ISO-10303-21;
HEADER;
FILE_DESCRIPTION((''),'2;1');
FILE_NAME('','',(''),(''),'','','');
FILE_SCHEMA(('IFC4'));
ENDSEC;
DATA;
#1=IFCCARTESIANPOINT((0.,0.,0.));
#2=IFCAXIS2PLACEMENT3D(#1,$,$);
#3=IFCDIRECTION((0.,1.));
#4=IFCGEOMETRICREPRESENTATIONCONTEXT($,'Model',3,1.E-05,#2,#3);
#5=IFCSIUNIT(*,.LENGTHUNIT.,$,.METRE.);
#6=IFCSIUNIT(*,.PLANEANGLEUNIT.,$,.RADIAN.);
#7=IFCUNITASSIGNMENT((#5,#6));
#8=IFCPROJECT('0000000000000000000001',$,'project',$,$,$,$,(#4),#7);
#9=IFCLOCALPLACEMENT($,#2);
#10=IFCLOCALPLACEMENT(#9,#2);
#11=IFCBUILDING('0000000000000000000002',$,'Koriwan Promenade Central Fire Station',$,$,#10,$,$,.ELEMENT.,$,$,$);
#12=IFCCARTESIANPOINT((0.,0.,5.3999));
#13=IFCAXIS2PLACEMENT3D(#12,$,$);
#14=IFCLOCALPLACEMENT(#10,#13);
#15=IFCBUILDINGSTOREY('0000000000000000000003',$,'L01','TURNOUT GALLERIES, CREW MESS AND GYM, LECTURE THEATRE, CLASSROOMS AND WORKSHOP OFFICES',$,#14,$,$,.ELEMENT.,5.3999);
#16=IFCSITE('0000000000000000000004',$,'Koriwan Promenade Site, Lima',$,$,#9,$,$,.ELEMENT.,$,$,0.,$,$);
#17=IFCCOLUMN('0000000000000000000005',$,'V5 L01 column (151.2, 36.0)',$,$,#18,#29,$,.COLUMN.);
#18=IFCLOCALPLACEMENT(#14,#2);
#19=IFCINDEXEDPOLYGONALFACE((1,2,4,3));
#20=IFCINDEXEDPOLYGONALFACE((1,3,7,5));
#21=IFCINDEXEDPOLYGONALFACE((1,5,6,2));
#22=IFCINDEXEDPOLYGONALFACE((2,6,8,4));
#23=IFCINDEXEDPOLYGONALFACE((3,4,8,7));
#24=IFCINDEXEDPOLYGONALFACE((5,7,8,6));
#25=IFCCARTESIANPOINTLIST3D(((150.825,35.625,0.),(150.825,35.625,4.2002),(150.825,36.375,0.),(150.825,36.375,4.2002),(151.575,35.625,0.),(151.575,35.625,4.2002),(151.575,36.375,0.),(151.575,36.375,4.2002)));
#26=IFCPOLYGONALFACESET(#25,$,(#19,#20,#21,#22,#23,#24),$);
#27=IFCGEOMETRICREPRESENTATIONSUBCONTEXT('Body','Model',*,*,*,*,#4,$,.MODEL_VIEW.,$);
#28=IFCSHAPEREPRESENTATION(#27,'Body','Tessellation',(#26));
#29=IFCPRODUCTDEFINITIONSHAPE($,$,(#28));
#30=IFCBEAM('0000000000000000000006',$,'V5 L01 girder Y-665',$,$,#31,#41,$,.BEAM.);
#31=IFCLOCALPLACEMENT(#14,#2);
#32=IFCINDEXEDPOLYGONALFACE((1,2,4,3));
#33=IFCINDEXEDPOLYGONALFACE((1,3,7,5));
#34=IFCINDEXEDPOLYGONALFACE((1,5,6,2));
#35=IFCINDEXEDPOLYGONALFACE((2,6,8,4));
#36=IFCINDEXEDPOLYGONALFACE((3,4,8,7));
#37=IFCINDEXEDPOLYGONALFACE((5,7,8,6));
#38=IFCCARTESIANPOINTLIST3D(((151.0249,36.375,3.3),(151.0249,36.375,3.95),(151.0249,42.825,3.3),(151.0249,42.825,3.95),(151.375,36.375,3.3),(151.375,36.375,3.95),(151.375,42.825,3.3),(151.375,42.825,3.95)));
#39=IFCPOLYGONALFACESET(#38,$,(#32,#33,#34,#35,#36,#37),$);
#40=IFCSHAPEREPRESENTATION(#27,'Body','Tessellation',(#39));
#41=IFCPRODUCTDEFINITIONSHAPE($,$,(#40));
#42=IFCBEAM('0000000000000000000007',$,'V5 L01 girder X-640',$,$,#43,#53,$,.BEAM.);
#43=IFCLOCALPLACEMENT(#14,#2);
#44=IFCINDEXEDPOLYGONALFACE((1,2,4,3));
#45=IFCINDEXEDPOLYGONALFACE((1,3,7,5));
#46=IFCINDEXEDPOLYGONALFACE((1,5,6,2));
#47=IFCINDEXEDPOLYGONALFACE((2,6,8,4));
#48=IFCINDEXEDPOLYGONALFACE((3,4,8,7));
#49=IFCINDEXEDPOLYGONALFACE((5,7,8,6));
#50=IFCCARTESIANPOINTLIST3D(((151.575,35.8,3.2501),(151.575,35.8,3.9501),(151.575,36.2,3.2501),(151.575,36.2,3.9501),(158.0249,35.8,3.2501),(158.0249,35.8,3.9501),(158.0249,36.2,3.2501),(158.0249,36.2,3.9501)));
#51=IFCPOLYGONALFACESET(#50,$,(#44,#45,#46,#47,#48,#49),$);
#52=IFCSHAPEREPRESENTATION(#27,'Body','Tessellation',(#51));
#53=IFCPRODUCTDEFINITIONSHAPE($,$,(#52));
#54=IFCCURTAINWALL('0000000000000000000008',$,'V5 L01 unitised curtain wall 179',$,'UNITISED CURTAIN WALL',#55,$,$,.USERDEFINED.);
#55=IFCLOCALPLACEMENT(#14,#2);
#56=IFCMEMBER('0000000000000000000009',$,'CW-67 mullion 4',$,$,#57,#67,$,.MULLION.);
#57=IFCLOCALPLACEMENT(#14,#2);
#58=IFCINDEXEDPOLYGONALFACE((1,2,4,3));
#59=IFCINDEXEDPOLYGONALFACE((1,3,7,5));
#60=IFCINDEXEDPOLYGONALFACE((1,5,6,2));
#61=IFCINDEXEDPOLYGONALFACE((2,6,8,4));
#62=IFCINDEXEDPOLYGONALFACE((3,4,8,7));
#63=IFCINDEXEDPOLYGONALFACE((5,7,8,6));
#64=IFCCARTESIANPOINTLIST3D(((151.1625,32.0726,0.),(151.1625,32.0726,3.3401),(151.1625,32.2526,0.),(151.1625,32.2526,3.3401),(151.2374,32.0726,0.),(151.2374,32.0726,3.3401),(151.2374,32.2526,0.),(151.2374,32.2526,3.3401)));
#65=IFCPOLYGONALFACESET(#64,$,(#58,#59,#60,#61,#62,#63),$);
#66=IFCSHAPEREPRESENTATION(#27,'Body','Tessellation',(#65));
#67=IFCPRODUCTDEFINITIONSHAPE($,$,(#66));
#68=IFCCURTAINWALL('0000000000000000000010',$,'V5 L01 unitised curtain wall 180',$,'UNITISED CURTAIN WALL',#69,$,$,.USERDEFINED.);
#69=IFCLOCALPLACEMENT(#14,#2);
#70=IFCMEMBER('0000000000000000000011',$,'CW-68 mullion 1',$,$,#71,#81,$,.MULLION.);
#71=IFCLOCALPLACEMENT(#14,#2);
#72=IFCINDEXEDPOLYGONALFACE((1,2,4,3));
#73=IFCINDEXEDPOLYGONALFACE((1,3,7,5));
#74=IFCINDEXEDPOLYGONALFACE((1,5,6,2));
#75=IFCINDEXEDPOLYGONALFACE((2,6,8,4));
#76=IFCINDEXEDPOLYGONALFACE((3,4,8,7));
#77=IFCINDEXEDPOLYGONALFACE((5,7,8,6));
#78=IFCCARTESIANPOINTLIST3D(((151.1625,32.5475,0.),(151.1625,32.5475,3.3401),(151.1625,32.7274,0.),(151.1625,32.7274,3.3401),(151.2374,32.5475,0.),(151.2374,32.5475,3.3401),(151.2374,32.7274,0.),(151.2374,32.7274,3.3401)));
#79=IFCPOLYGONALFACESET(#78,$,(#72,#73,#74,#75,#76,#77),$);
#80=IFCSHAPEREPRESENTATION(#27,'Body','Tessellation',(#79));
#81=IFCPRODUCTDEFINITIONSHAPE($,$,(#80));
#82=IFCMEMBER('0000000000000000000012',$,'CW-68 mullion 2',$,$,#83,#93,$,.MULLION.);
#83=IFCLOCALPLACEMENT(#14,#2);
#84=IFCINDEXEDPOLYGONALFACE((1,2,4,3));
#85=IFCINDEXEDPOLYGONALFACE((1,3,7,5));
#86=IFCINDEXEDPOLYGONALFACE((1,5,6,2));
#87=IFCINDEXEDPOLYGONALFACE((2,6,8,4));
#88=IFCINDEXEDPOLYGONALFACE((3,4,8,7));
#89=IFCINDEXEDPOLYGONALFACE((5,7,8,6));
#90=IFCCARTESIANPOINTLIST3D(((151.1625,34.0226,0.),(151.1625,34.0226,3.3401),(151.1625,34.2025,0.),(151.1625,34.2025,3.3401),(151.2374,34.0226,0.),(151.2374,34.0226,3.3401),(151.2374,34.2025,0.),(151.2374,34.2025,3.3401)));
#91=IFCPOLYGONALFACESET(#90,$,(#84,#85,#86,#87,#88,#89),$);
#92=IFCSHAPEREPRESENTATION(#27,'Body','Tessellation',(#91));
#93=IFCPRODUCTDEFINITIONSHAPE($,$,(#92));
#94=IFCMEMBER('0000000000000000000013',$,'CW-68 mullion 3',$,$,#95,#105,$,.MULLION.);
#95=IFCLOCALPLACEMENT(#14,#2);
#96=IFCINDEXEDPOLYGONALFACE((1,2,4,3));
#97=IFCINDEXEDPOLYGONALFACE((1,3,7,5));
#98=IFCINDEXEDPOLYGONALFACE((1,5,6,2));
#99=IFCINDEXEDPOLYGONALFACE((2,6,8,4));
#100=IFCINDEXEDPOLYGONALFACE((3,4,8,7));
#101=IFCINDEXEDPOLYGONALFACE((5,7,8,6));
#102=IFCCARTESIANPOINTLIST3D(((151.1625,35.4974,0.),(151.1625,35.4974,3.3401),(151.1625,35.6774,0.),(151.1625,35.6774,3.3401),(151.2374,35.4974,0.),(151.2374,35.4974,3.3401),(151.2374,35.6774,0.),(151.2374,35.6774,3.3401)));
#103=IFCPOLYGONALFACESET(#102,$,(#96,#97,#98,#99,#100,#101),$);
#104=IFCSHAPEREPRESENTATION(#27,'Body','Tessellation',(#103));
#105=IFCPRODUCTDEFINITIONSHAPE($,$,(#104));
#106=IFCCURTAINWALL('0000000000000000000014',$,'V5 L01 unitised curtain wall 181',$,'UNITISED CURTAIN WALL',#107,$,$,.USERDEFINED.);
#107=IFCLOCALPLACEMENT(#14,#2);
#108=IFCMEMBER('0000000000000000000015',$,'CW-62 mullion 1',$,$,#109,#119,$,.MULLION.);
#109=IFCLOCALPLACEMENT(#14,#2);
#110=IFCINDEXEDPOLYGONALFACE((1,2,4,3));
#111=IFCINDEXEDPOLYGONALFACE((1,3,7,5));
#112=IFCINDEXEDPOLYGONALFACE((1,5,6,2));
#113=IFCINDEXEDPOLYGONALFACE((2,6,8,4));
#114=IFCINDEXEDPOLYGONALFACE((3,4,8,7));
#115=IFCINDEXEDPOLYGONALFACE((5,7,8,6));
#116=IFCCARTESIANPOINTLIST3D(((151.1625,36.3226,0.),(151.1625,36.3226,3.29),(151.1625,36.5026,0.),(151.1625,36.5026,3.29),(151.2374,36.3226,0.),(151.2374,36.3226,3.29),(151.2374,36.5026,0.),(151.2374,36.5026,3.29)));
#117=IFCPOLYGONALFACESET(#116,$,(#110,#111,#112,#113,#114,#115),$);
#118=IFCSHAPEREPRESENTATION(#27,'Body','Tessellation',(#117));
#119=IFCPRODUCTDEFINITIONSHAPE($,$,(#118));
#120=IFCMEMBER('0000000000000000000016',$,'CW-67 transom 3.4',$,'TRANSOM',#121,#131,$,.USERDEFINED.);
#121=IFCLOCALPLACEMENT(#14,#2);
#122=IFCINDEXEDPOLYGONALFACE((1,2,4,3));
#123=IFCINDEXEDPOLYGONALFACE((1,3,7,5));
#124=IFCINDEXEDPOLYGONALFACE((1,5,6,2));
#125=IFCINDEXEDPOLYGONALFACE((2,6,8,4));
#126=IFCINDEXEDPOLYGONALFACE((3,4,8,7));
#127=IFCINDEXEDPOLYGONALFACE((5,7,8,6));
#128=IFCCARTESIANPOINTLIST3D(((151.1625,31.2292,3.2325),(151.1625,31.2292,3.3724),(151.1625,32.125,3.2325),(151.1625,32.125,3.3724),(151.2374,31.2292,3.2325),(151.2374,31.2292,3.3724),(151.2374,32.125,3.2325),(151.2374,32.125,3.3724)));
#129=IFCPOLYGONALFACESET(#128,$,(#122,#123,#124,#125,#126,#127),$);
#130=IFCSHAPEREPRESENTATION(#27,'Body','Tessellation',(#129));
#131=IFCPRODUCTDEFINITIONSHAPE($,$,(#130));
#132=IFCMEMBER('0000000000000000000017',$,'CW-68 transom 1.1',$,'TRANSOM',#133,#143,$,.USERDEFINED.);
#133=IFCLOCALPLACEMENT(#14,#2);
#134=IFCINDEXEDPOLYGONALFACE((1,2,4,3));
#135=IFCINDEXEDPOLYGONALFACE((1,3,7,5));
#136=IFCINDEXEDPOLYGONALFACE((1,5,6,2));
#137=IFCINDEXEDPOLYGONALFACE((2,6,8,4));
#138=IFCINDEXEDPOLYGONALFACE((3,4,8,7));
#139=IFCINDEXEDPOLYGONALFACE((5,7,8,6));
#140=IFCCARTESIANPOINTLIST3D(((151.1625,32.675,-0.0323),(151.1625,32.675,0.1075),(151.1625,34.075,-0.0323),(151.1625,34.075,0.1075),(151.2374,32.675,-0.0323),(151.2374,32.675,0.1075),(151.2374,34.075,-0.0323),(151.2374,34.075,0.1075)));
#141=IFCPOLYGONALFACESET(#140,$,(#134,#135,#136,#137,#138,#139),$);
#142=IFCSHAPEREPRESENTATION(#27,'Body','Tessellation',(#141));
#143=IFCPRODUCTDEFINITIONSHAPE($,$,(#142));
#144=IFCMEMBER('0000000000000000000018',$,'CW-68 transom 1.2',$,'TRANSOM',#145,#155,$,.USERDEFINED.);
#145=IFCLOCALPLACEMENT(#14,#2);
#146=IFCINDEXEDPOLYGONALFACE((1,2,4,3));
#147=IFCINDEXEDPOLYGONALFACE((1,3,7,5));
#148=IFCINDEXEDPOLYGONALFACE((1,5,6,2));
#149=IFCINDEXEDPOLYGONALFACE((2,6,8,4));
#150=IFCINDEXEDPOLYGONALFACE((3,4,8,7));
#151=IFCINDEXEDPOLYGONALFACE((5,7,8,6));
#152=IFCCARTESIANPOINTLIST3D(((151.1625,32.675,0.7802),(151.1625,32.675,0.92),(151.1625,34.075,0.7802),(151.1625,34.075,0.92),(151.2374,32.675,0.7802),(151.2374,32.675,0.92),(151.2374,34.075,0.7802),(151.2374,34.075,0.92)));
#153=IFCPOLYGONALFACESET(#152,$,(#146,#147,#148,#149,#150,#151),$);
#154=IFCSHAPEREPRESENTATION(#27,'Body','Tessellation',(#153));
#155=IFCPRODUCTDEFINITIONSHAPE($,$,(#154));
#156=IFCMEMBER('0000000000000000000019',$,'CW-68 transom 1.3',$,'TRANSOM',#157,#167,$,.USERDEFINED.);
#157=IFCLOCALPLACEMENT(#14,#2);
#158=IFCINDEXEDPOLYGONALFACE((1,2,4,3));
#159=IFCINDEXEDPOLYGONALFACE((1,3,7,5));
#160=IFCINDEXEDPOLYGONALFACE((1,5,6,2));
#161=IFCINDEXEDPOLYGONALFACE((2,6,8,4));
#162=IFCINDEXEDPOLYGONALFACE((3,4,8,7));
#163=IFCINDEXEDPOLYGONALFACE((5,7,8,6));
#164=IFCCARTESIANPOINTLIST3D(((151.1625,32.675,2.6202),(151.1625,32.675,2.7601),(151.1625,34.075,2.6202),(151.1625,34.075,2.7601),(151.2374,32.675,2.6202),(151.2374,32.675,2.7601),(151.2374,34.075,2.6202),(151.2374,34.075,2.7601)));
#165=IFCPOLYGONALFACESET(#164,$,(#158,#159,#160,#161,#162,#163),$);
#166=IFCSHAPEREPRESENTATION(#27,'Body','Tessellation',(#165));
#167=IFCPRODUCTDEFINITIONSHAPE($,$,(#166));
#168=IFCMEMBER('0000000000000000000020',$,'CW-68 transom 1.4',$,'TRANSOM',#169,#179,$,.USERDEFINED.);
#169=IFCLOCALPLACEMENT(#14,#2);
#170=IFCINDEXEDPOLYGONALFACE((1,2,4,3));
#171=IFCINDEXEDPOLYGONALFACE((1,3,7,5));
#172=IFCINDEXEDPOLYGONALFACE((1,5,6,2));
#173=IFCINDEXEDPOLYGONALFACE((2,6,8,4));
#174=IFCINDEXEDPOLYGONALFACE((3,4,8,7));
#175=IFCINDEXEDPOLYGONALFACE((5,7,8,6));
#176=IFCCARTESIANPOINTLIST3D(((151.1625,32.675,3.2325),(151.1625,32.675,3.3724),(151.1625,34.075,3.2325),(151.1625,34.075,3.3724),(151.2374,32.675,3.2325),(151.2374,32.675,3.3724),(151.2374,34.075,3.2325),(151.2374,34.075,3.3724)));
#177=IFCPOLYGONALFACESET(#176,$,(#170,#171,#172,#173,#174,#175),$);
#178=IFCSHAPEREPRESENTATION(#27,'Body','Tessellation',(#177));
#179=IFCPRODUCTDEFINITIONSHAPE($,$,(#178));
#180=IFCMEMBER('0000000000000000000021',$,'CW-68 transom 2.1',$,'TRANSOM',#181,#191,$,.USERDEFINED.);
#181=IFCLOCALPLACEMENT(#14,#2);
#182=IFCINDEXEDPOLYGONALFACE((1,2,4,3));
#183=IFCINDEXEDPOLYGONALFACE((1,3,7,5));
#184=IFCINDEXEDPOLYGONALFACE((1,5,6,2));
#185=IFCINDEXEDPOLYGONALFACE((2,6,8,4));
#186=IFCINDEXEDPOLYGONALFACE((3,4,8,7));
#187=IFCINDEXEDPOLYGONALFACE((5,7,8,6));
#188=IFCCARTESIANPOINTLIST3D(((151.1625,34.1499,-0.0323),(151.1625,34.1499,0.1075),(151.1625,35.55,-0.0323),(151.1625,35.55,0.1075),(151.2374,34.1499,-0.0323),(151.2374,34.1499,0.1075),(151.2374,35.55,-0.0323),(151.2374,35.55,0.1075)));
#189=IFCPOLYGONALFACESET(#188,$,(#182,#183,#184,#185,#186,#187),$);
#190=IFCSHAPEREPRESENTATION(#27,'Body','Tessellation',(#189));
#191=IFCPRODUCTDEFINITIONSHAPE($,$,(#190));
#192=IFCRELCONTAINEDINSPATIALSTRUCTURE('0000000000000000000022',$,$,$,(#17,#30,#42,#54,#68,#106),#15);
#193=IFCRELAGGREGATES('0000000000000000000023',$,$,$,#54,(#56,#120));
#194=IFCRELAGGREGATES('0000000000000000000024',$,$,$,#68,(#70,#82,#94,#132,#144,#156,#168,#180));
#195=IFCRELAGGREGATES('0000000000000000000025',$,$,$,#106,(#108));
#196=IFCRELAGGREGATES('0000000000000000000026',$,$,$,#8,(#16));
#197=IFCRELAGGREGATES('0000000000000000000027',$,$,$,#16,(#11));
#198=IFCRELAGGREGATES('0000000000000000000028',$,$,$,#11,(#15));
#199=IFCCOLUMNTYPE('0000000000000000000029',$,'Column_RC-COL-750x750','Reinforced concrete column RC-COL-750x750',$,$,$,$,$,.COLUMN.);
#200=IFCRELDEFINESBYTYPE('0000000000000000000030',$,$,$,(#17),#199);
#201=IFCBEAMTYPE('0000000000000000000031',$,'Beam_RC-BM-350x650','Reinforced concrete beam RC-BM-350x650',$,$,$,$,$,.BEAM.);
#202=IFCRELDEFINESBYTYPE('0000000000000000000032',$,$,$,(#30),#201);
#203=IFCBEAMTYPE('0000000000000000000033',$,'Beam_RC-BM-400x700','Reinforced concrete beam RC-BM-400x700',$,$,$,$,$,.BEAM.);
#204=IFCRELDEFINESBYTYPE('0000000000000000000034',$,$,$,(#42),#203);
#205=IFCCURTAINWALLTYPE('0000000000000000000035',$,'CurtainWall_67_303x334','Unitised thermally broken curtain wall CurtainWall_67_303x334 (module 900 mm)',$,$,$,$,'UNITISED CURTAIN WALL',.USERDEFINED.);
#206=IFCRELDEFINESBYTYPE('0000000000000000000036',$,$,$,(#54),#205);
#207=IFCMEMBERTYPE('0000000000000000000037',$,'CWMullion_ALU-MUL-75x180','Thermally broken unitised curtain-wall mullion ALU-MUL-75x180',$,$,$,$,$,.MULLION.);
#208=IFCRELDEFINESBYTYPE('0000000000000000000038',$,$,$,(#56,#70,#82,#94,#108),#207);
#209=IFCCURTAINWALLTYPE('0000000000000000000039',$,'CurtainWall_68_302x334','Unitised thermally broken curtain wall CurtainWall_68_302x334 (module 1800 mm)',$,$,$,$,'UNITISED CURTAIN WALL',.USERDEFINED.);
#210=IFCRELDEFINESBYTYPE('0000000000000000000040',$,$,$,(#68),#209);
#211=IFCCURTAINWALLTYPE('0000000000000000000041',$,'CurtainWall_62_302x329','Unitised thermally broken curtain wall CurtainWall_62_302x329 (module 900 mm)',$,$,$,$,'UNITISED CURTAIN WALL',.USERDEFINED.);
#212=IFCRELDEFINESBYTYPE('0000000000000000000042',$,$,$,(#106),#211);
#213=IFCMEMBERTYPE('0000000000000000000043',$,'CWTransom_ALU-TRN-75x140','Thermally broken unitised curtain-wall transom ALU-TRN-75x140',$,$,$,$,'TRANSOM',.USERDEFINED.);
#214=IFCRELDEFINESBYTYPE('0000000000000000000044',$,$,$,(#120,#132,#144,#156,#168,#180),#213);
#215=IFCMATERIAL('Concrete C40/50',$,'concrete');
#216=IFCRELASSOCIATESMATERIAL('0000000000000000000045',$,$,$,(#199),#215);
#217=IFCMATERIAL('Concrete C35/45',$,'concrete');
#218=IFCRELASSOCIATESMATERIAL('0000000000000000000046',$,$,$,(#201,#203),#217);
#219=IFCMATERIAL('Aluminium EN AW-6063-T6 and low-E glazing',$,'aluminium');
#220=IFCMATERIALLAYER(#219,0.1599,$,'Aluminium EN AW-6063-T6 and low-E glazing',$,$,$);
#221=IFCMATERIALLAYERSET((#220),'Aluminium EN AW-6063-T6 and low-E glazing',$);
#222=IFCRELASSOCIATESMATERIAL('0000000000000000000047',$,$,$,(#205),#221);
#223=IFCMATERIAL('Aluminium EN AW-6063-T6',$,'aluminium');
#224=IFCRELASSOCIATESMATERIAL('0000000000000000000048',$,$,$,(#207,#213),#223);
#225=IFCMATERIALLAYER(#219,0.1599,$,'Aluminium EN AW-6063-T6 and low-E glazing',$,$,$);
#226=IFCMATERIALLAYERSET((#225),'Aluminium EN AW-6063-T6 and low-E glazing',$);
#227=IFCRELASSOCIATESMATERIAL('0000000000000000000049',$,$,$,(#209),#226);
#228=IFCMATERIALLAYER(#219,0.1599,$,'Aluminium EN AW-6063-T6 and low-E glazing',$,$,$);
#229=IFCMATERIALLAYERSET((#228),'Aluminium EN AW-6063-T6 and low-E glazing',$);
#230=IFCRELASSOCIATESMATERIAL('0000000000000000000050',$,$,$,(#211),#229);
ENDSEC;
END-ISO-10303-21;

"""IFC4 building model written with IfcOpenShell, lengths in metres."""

from ifc_helpers import new_model, si_unit, direction, frame, origin, origin_2d, place, context, subcontext, project, spatial, rectangle, extrude, material, layer, layer_set, material_profile, profile_set, type_object, element, aggregate, save


model = new_model("IFC4")

# Units and contexts
model_context = context("Model", 3, precision=1e-05, world=origin(), true_north=direction((0.0, 1.0)))
body_context = subcontext(model_context, "Body", "Model", "MODEL_VIEW")
ifc_project = project(units=[si_unit("LENGTHUNIT", "METRE"), si_unit("PLANEANGLEUNIT", "RADIAN")], contexts=[model_context])

# Site, building, storey
site_placement = place(None, origin())
site = spatial("IfcSite", under=ifc_project, at=site_placement, Name="Koriwan Promenade Site, Lima", CompositionType="ELEMENT", RefElevation=0.0)
building_placement = place(site_placement, origin())
building = spatial("IfcBuilding", under=site, at=building_placement, Name="Koriwan Promenade Central Fire Station", CompositionType="ELEMENT")
storey_placement = place(building_placement, frame((0.0, 0.0, 5.3999)))
storey = spatial("IfcBuildingStorey", under=building, at=storey_placement, Name="L01", Description="TURNOUT GALLERIES, CREW MESS AND GYM, LECTURE THEATRE, CLASSROOMS AND WORKSHOP OFFICES", CompositionType="ELEMENT", Elevation=5.3999)

# Column
ifc_material_1 = material(Name="Concrete C40/50", Category="concrete")
ifc_material_profile_1 = material_profile(ifc_material_1, rectangle(XDim=0.75, YDim=0.75, at=origin_2d()), Name="RC-COL-750x750")
ifc_profile_set_1 = profile_set([ifc_material_profile_1], Name="Concrete C40/50")
column_type = type_object("IfcColumnType", Name="Column_RC-COL-750x750", Description="Reinforced concrete column RC-COL-750x750", PredefinedType="COLUMN", material=ifc_profile_set_1)
column_placement = place(storey_placement, frame((151.2, 36.0, 0.0), z_axis=(0.0, 0.0, 1.0), x_axis=(1.0, 0.0, 0.0)))
element("IfcColumn", 1, at=column_placement, inside=storey, type_object=column_type, Name="V5 L01 column (151.2, 36.0)", PredefinedType="COLUMN", context=body_context, shape_type="SweptSolid", body=[
    extrude(rectangle(XDim=0.75, YDim=0.75, at=origin_2d()), origin(), (0.0, 0.0, 1.0), 4.2002),
])

# Beams
ifc_material_2 = material(Name="Concrete C35/45", Category="concrete")
ifc_material_profile_2 = material_profile(ifc_material_2, rectangle(XDim=0.3501, YDim=0.6499, at=origin_2d()), Name="RC-BM-350x650")
ifc_profile_set_2 = profile_set([ifc_material_profile_2], Name="Concrete C35/45")
beam_type_1 = type_object("IfcBeamType", Name="Beam_RC-BM-350x650", Description="Reinforced concrete beam RC-BM-350x650", PredefinedType="BEAM", material=ifc_profile_set_2)
beam_1_placement = place(storey_placement, frame((151.2, 36.375, 3.625), z_axis=(0.0, 1.0, 0.0), x_axis=(-1.0, 0.0, 0.0)))
element("IfcBeam", 2, at=beam_1_placement, inside=storey, type_object=beam_type_1, Name="V5 L01 girder Y-665", PredefinedType="BEAM", context=body_context, shape_type="SweptSolid", body=[
    extrude(rectangle(XDim=0.3501, YDim=0.6499, at=origin_2d()), origin(), (0.0, 0.0, 1.0), 6.45),
])
ifc_material_profile_3 = material_profile(ifc_material_2, rectangle(XDim=0.3999, YDim=0.7, at=origin_2d()), Name="RC-BM-400x700")
ifc_profile_set_3 = profile_set([ifc_material_profile_3], Name="Concrete C35/45")
beam_type_2 = type_object("IfcBeamType", Name="Beam_RC-BM-400x700", Description="Reinforced concrete beam RC-BM-400x700", PredefinedType="BEAM", material=ifc_profile_set_3)
beam_2_placement = place(storey_placement, frame((151.575, 36.0, 3.6001), z_axis=(1.0, 0.0, 0.0), x_axis=(0.0, 1.0, 0.0)))
element("IfcBeam", 3, at=beam_2_placement, inside=storey, type_object=beam_type_2, Name="V5 L01 girder X-640", PredefinedType="BEAM", context=body_context, shape_type="SweptSolid", body=[
    extrude(rectangle(XDim=0.3999, YDim=0.7, at=origin_2d()), origin(), (0.0, 0.0, 1.0), 6.45),
])

# Curtain wall, member
ifc_material_3 = material(Name="Aluminium EN AW-6063-T6 and low-E glazing", Category="aluminium")
ifc_layer_1 = layer(ifc_material_3, 0.1599, Name="Aluminium EN AW-6063-T6 and low-E glazing")
ifc_layer_set_1 = layer_set([ifc_layer_1], Name="Aluminium EN AW-6063-T6 and low-E glazing")
curtain_wall_type_1 = type_object("IfcCurtainWallType", Name="CurtainWall_67_303x334", Description="Unitised thermally broken curtain wall CurtainWall_67_303x334 (module 900 mm)", ElementType="UNITISED CURTAIN WALL", PredefinedType="USERDEFINED", material=ifc_layer_set_1)
curtain_wall_1_placement = place(storey_placement, origin())
curtain_wall_1 = element("IfcCurtainWall", 4, at=curtain_wall_1_placement, inside=storey, type_object=curtain_wall_type_1, Name="V5 L01 unitised curtain wall 179", ObjectType="UNITISED CURTAIN WALL", PredefinedType="USERDEFINED")
ifc_material_4 = material(Name="Aluminium EN AW-6063-T6", Category="aluminium")
ifc_material_profile_4 = material_profile(ifc_material_4, rectangle(XDim=0.075, YDim=0.1799, at=origin_2d()), Name="ALU-MUL-75x180")
ifc_profile_set_4 = profile_set([ifc_material_profile_4], Name="Aluminium EN AW-6063-T6")
member_type_1 = type_object("IfcMemberType", Name="CWMullion_ALU-MUL-75x180", Description="Thermally broken unitised curtain-wall mullion ALU-MUL-75x180", PredefinedType="MULLION", material=ifc_profile_set_4)
member_1_placement = place(storey_placement, frame((151.2, 32.1626, 0.0), z_axis=(0.0, 0.0, 1.0), x_axis=(-1.0, 0.0, 0.0)))
member_1 = element("IfcMember", 5, at=member_1_placement, type_object=member_type_1, Name="CW-67 mullion 4", PredefinedType="MULLION", context=body_context, shape_type="SweptSolid", body=[
    extrude(rectangle(XDim=0.075, YDim=0.1799, at=origin_2d()), origin(), (0.0, 0.0, 1.0), 3.3401),
])

# Curtain wall, members
ifc_layer_2 = layer(ifc_material_3, 0.1599, Name="Aluminium EN AW-6063-T6 and low-E glazing")
ifc_layer_set_2 = layer_set([ifc_layer_2], Name="Aluminium EN AW-6063-T6 and low-E glazing")
curtain_wall_type_2 = type_object("IfcCurtainWallType", Name="CurtainWall_68_302x334", Description="Unitised thermally broken curtain wall CurtainWall_68_302x334 (module 1800 mm)", ElementType="UNITISED CURTAIN WALL", PredefinedType="USERDEFINED", material=ifc_layer_set_2)
curtain_wall_2_placement = place(storey_placement, origin())
curtain_wall_2 = element("IfcCurtainWall", 6, at=curtain_wall_2_placement, inside=storey, type_object=curtain_wall_type_2, Name="V5 L01 unitised curtain wall 180", ObjectType="UNITISED CURTAIN WALL", PredefinedType="USERDEFINED")
member_2_placement = place(storey_placement, frame((151.2, 32.6375, 0.0), z_axis=(0.0, 0.0, 1.0), x_axis=(-1.0, 0.0, 0.0)))
member_2 = element("IfcMember", 7, at=member_2_placement, type_object=member_type_1, Name="CW-68 mullion 1", PredefinedType="MULLION", context=body_context, shape_type="SweptSolid", body=[
    extrude(rectangle(XDim=0.075, YDim=0.1799, at=origin_2d()), origin(), (0.0, 0.0, 1.0), 3.3401),
])
member_3_placement = place(storey_placement, frame((151.2, 34.1125, 0.0), z_axis=(0.0, 0.0, 1.0), x_axis=(-1.0, 0.0, 0.0)))
member_3 = element("IfcMember", 8, at=member_3_placement, type_object=member_type_1, Name="CW-68 mullion 2", PredefinedType="MULLION", context=body_context, shape_type="SweptSolid", body=[
    extrude(rectangle(XDim=0.075, YDim=0.1799, at=origin_2d()), origin(), (0.0, 0.0, 1.0), 3.3401),
])
member_4_placement = place(storey_placement, frame((151.2, 35.5874, 0.0), z_axis=(0.0, 0.0, 1.0), x_axis=(-1.0, 0.0, 0.0)))
member_4 = element("IfcMember", 9, at=member_4_placement, type_object=member_type_1, Name="CW-68 mullion 3", PredefinedType="MULLION", context=body_context, shape_type="SweptSolid", body=[
    extrude(rectangle(XDim=0.075, YDim=0.1799, at=origin_2d()), origin(), (0.0, 0.0, 1.0), 3.3401),
])

# Curtain wall, member
ifc_layer_3 = layer(ifc_material_3, 0.1599, Name="Aluminium EN AW-6063-T6 and low-E glazing")
ifc_layer_set_3 = layer_set([ifc_layer_3], Name="Aluminium EN AW-6063-T6 and low-E glazing")
curtain_wall_type_3 = type_object("IfcCurtainWallType", Name="CurtainWall_62_302x329", Description="Unitised thermally broken curtain wall CurtainWall_62_302x329 (module 900 mm)", ElementType="UNITISED CURTAIN WALL", PredefinedType="USERDEFINED", material=ifc_layer_set_3)
curtain_wall_3_placement = place(storey_placement, origin())
curtain_wall_3 = element("IfcCurtainWall", 10, at=curtain_wall_3_placement, inside=storey, type_object=curtain_wall_type_3, Name="V5 L01 unitised curtain wall 181", ObjectType="UNITISED CURTAIN WALL", PredefinedType="USERDEFINED")
member_5_placement = place(storey_placement, frame((151.2, 36.4126, 0.0), z_axis=(0.0, 0.0, 1.0), x_axis=(-1.0, 0.0, 0.0)))
member_5 = element("IfcMember", 11, at=member_5_placement, type_object=member_type_1, Name="CW-62 mullion 1", PredefinedType="MULLION", context=body_context, shape_type="SweptSolid", body=[
    extrude(rectangle(XDim=0.075, YDim=0.1799, at=origin_2d()), origin(), (0.0, 0.0, 1.0), 3.29),
])

# Members
ifc_material_profile_5 = material_profile(ifc_material_4, rectangle(XDim=0.075, YDim=0.1399, at=origin_2d()), Name="ALU-TRN-75x140")
ifc_profile_set_5 = profile_set([ifc_material_profile_5], Name="Aluminium EN AW-6063-T6")
member_type_2 = type_object("IfcMemberType", Name="CWTransom_ALU-TRN-75x140", Description="Thermally broken unitised curtain-wall transom ALU-TRN-75x140", ElementType="TRANSOM", PredefinedType="USERDEFINED", material=ifc_profile_set_5)
member_6_placement = place(storey_placement, frame((151.2, 31.2292, 3.3025), z_axis=(0.0, 1.0, 0.0), x_axis=(-1.0, 0.0, 0.0)))
member_6 = element("IfcMember", 12, at=member_6_placement, type_object=member_type_2, Name="CW-67 transom 3.4", ObjectType="TRANSOM", PredefinedType="USERDEFINED", context=body_context, shape_type="SweptSolid", body=[
    extrude(rectangle(XDim=0.075, YDim=0.1399, at=origin_2d()), origin(), (0.0, 0.0, 1.0), 0.8958),
])
member_7_placement = place(storey_placement, frame((151.2, 32.675, 0.0376), z_axis=(0.0, 1.0, 0.0), x_axis=(-1.0, 0.0, 0.0)))
member_7 = element("IfcMember", 13, at=member_7_placement, type_object=member_type_2, Name="CW-68 transom 1.1", ObjectType="TRANSOM", PredefinedType="USERDEFINED", context=body_context, shape_type="SweptSolid", body=[
    extrude(rectangle(XDim=0.075, YDim=0.1399, at=origin_2d()), origin(), (0.0, 0.0, 1.0), 1.3999),
])
member_8_placement = place(storey_placement, frame((151.2, 32.675, 0.8501), z_axis=(0.0, 1.0, 0.0), x_axis=(-1.0, 0.0, 0.0)))
member_8 = element("IfcMember", 14, at=member_8_placement, type_object=member_type_2, Name="CW-68 transom 1.2", ObjectType="TRANSOM", PredefinedType="USERDEFINED", context=body_context, shape_type="SweptSolid", body=[
    extrude(rectangle(XDim=0.075, YDim=0.1399, at=origin_2d()), origin(), (0.0, 0.0, 1.0), 1.3999),
])
member_9_placement = place(storey_placement, frame((151.2, 32.675, 2.6902), z_axis=(0.0, 1.0, 0.0), x_axis=(-1.0, 0.0, 0.0)))
member_9 = element("IfcMember", 15, at=member_9_placement, type_object=member_type_2, Name="CW-68 transom 1.3", ObjectType="TRANSOM", PredefinedType="USERDEFINED", context=body_context, shape_type="SweptSolid", body=[
    extrude(rectangle(XDim=0.075, YDim=0.1399, at=origin_2d()), origin(), (0.0, 0.0, 1.0), 1.3999),
])
member_10_placement = place(storey_placement, frame((151.2, 32.675, 3.3025), z_axis=(0.0, 1.0, 0.0), x_axis=(-1.0, 0.0, 0.0)))
member_10 = element("IfcMember", 16, at=member_10_placement, type_object=member_type_2, Name="CW-68 transom 1.4", ObjectType="TRANSOM", PredefinedType="USERDEFINED", context=body_context, shape_type="SweptSolid", body=[
    extrude(rectangle(XDim=0.075, YDim=0.1399, at=origin_2d()), origin(), (0.0, 0.0, 1.0), 1.3999),
])
member_11_placement = place(storey_placement, frame((151.2, 34.1499, 0.0376), z_axis=(0.0, 1.0, 0.0), x_axis=(-1.0, 0.0, 0.0)))
member_11 = element("IfcMember", 17, at=member_11_placement, type_object=member_type_2, Name="CW-68 transom 2.1", ObjectType="TRANSOM", PredefinedType="USERDEFINED", context=body_context, shape_type="SweptSolid", body=[
    extrude(rectangle(XDim=0.075, YDim=0.1399, at=origin_2d()), origin(), (0.0, 0.0, 1.0), 1.4001),
])

aggregate(curtain_wall_1, [member_1, member_6])
aggregate(curtain_wall_2, [member_2, member_3, member_4, member_7, member_8, member_9, member_10, member_11])
aggregate(curtain_wall_3, [member_5])

save(model, "model.ifc")
